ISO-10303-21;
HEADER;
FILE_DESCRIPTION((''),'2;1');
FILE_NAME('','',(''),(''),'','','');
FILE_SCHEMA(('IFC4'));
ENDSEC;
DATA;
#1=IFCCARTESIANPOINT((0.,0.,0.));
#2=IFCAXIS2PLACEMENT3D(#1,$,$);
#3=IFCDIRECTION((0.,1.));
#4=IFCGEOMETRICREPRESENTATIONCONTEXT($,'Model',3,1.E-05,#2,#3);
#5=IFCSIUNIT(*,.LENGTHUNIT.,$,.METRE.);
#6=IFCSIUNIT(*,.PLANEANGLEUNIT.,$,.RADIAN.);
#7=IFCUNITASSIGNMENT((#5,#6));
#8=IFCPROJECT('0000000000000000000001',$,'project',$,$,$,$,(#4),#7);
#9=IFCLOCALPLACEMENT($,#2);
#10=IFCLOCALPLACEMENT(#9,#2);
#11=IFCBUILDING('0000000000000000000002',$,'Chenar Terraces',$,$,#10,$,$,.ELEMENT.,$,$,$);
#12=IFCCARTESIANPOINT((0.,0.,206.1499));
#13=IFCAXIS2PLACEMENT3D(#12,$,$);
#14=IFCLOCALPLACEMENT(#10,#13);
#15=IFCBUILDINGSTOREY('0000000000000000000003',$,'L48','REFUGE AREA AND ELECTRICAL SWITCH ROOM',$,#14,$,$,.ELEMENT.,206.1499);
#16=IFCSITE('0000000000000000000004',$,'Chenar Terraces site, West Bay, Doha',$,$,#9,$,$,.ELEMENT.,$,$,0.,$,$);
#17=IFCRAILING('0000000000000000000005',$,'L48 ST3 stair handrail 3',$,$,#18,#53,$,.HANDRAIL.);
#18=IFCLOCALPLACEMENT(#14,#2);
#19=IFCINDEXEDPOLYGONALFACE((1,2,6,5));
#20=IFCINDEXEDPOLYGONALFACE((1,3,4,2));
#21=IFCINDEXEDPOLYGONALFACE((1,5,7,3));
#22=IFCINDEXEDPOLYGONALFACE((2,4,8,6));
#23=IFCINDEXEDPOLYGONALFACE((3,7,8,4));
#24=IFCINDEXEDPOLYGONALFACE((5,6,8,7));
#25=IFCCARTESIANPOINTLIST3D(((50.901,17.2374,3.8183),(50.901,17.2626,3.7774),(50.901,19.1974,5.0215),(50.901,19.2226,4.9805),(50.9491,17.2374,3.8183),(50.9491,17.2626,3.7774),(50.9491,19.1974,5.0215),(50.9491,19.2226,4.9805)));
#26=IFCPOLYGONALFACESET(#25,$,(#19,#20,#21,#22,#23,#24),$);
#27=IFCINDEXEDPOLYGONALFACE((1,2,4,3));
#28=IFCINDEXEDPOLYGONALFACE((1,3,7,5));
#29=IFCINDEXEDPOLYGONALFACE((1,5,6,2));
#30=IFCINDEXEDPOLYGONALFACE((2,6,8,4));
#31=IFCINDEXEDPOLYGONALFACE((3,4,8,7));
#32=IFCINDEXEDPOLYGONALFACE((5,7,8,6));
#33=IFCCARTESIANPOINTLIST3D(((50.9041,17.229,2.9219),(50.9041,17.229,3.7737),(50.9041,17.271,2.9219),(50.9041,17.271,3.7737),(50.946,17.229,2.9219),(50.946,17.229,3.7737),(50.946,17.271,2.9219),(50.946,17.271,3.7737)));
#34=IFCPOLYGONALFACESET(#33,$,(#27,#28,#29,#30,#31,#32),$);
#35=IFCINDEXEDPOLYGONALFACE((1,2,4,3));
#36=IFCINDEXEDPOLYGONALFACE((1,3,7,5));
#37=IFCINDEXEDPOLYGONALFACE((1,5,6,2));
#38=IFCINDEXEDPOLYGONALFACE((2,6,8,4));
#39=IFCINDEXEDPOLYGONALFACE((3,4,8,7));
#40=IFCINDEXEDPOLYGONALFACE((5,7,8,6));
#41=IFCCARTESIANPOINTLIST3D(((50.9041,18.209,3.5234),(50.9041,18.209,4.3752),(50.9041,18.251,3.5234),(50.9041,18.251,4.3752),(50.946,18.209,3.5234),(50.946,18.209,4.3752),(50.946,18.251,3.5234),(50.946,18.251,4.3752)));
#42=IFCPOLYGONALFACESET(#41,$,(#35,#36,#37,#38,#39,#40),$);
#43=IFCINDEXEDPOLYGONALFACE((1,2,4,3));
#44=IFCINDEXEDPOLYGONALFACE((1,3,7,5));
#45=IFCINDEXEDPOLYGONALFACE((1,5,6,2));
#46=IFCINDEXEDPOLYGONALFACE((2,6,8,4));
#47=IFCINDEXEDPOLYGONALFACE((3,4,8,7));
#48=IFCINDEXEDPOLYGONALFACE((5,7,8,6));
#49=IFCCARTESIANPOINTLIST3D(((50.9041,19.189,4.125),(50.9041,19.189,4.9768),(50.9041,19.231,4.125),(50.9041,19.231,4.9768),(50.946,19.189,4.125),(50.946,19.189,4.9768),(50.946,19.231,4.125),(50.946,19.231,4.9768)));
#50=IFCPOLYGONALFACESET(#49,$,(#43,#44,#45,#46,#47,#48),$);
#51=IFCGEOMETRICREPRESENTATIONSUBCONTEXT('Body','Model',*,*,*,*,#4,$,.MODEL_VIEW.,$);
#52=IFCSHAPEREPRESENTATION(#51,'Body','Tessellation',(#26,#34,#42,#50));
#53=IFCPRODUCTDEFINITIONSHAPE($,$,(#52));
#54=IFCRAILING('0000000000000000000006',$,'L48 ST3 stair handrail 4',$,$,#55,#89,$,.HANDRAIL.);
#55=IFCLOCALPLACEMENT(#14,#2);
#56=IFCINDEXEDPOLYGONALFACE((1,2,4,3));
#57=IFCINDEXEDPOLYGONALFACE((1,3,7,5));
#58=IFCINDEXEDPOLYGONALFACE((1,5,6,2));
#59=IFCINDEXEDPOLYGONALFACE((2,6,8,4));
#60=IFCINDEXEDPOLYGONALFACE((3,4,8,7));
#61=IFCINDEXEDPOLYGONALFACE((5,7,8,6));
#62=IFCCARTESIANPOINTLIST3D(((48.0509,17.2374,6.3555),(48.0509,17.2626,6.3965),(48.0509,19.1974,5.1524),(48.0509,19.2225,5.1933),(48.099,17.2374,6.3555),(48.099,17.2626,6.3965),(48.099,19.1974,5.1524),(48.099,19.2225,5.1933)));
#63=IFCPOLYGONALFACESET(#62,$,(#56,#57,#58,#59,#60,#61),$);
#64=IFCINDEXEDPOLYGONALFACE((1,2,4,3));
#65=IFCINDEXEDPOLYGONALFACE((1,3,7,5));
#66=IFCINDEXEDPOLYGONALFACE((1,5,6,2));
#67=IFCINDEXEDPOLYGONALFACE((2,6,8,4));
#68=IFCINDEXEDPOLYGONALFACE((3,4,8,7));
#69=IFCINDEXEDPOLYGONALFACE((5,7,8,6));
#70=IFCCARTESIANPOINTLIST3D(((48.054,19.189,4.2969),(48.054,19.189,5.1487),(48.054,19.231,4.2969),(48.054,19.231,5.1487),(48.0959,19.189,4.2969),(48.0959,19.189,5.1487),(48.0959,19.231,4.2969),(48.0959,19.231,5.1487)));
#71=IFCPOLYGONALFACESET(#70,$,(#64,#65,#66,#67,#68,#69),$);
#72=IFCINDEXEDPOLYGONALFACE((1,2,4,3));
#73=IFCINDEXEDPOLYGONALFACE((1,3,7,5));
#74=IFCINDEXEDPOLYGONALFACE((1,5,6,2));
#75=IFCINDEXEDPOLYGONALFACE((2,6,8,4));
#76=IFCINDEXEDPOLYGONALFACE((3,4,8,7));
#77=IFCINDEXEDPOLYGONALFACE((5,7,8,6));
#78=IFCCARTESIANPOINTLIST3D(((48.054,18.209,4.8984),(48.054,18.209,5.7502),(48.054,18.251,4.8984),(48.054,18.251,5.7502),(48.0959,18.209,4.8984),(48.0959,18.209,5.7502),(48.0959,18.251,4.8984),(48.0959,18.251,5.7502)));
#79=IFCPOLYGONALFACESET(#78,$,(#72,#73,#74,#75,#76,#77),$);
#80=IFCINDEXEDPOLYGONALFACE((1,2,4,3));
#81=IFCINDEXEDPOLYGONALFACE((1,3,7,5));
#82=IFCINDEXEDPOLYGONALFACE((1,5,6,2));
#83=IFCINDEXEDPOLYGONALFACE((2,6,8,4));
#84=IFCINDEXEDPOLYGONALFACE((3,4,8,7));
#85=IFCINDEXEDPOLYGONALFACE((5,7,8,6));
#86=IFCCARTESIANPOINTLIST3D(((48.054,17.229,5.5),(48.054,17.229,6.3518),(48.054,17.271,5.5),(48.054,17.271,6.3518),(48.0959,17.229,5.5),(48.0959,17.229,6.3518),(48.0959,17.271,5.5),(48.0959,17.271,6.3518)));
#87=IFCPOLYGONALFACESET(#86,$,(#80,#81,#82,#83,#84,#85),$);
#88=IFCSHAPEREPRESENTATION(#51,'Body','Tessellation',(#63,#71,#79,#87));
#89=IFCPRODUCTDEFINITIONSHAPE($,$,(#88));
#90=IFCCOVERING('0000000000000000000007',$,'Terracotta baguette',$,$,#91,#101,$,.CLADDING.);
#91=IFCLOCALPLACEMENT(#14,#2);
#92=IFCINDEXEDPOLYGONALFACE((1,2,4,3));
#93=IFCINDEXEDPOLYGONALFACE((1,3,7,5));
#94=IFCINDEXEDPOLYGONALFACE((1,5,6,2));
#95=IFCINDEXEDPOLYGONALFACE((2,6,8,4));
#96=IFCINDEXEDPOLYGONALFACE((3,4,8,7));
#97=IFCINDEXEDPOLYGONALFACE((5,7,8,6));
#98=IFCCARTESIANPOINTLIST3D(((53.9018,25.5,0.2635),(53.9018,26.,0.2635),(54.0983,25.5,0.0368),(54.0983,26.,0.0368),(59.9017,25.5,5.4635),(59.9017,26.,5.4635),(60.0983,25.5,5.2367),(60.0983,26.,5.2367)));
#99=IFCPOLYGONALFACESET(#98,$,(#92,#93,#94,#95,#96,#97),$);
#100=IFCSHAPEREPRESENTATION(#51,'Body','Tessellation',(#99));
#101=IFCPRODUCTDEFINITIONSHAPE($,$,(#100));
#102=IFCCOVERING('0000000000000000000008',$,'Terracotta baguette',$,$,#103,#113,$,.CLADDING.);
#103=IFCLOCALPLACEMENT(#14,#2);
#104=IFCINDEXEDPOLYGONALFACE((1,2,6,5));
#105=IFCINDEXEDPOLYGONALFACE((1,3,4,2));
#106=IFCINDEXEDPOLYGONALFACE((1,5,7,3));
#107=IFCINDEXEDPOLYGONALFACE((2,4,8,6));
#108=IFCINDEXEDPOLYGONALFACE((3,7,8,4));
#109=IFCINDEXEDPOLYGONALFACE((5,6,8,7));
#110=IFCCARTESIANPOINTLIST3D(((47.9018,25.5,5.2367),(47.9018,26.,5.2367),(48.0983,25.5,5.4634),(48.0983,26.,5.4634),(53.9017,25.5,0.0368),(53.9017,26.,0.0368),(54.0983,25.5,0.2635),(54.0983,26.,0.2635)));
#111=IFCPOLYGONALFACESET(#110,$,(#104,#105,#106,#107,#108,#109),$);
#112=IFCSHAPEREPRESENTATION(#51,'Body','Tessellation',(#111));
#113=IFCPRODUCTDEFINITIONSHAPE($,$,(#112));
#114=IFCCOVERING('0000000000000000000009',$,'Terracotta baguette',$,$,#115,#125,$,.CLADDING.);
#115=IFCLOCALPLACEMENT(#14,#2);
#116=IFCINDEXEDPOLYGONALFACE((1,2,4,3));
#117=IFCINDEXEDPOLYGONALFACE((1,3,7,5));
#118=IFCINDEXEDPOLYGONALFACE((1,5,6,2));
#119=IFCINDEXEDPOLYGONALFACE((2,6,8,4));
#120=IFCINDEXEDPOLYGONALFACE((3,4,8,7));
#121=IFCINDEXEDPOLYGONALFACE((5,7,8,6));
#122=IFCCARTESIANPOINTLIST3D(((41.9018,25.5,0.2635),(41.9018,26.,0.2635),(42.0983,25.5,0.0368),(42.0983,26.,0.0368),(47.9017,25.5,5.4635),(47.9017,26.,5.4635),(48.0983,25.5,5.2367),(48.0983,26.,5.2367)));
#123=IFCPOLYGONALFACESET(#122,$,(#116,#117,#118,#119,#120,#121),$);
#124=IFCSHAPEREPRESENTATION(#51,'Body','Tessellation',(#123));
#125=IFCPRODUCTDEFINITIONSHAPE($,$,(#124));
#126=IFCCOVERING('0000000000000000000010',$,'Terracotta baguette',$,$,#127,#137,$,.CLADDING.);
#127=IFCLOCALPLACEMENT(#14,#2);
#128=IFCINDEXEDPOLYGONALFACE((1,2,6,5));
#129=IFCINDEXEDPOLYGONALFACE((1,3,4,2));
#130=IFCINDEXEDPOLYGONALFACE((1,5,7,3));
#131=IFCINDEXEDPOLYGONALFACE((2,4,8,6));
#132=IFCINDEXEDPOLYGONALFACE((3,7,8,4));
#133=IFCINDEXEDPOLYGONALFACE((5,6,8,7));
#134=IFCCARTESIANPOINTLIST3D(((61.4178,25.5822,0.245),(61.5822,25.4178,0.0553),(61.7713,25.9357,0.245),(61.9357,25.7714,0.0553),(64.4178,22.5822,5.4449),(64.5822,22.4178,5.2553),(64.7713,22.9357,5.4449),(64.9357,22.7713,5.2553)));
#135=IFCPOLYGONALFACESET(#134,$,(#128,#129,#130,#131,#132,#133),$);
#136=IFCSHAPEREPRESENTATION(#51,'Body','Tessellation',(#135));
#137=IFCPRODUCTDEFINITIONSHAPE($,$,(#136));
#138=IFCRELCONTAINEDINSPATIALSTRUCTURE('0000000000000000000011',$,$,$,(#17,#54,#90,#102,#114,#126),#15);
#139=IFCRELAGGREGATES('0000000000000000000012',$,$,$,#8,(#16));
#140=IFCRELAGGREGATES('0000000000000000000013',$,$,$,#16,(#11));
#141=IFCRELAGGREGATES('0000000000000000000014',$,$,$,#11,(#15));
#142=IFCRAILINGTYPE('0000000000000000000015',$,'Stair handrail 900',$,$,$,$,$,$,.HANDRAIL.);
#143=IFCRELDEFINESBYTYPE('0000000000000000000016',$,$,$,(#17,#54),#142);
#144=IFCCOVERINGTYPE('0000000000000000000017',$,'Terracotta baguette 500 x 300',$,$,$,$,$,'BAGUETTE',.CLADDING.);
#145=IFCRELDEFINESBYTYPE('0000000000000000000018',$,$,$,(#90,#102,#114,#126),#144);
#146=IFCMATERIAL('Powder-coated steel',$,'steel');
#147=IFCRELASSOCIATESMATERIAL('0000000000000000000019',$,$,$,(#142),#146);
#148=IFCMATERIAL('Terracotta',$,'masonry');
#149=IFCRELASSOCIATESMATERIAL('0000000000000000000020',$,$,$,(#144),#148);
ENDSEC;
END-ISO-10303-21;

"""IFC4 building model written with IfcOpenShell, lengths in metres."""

from ifc_helpers import new_model, si_unit, direction, frame, origin, origin_2d, place, context, subcontext, project, spatial, rectangle, extrude, material, material_profile, profile_set, type_object, element, save


model = new_model("IFC4")

# Units and contexts
model_context = context("Model", 3, precision=1e-05, world=origin(), true_north=direction((0.0, 1.0)))
body_context = subcontext(model_context, "Body", "Model", "MODEL_VIEW")
ifc_project = project(units=[si_unit("LENGTHUNIT", "METRE"), si_unit("PLANEANGLEUNIT", "RADIAN")], contexts=[model_context])

# Site, building, storey
site_placement = place(None, origin())
site = spatial("IfcSite", under=ifc_project, at=site_placement, Name="Chenar Terraces site, West Bay, Doha", CompositionType="ELEMENT", RefElevation=0.0)
building_placement = place(site_placement, origin())
building = spatial("IfcBuilding", under=site, at=building_placement, Name="Chenar Terraces", CompositionType="ELEMENT")
storey_placement = place(building_placement, frame((0.0, 0.0, 206.1499)))
storey = spatial("IfcBuildingStorey", under=building, at=storey_placement, Name="L48", Description="REFUGE AREA AND ELECTRICAL SWITCH ROOM", CompositionType="ELEMENT", Elevation=206.1499)

# Railings
ifc_material_1 = material(Name="Powder-coated steel", Category="steel")
railing_type_1 = type_object("IfcRailingType", Name="Stair handrail 900", PredefinedType="HANDRAIL", material=ifc_material_1)
railing_1_placement = place(storey_placement, frame((50.925, 17.25, 2.9219)))
element("IfcRailing", 1, at=railing_1_placement, inside=storey, type_object=railing_type_1, Name="L48 ST3 stair handrail 3", PredefinedType="HANDRAIL", context=body_context, shape_type="SweptSolid", body=[
    extrude(rectangle(XDim=0.0481, YDim=0.0481, at=origin_2d()), frame((0.0, 0.0, 0.876), z_axis=(0.0, 0.852241, 0.523149), x_axis=(-1.0, 0.0, 0.0)), (0.0, 0.0, 1.0), 2.2998),
    extrude(rectangle(XDim=0.042, YDim=0.042, at=origin_2d()), origin(), (0.0, 0.0, 1.0), 0.8518),
    extrude(rectangle(XDim=0.042, YDim=0.042, at=origin_2d()), frame((0.0, 0.98, 0.6016)), (0.0, 0.0, 1.0), 0.8518),
    extrude(rectangle(XDim=0.042, YDim=0.042, at=origin_2d()), frame((0.0, 1.96, 1.2031)), (0.0, 0.0, 1.0), 0.8518),
])
railing_2_placement = place(storey_placement, frame((48.075, 19.21, 4.2969)))
element("IfcRailing", 2, at=railing_2_placement, inside=storey, type_object=railing_type_1, Name="L48 ST3 stair handrail 4", PredefinedType="HANDRAIL", context=body_context, shape_type="SweptSolid", body=[
    extrude(rectangle(XDim=0.0481, YDim=0.0481, at=origin_2d()), frame((0.0, 0.0, 0.876), z_axis=(0.0, -0.852241, 0.523149), x_axis=(1.0, 0.0, 0.0)), (0.0, 0.0, 1.0), 2.2998),
    extrude(rectangle(XDim=0.042, YDim=0.042, at=origin_2d()), origin(), (0.0, 0.0, 1.0), 0.8518),
    extrude(rectangle(XDim=0.042, YDim=0.042, at=origin_2d()), frame((0.0, -0.98, 0.6016)), (0.0, 0.0, 1.0), 0.8518),
    extrude(rectangle(XDim=0.042, YDim=0.042, at=origin_2d()), frame((0.0, -1.96, 1.2031)), (0.0, 0.0, 1.0), 0.8518),
])

# Coverings
ifc_material_2 = material(Name="Terracotta", Category="masonry")
ifc_material_profile_1 = material_profile(ifc_material_2, rectangle(XDim=0.5, YDim=0.3, at=origin_2d()), Name="Terracotta baguette 500 x 300")
ifc_profile_set_1 = profile_set([ifc_material_profile_1], Name="Terracotta")
covering_type = type_object("IfcCoveringType", Name="Terracotta baguette 500 x 300", ElementType="BAGUETTE", PredefinedType="CLADDING", material=ifc_profile_set_1)
for number, where, z_axis, x_axis, name in (
    (3, (60.0, 25.75, 5.3501), (-0.755692, 0.0, -0.654927), (0.0, -1.0, 0.0), "Terracotta baguette"),
    (4, (54.0, 25.75, 0.1501), (-0.755692, 0.0, 0.654927), (0.0, -1.0, 0.0), "Terracotta baguette"),
    (5, (48.0, 25.75, 5.3501), (-0.755692, 0.0, -0.654927), (0.0, -1.0, 0.0), "Terracotta baguette"),
):
    element("IfcCovering", number, at=place(storey_placement, frame(where, z_axis=z_axis, x_axis=x_axis)), inside=storey, type_object=covering_type, Name=name, PredefinedType="CLADDING", context=body_context, shape_type="SweptSolid", body=[
        extrude(rectangle(XDim=0.5, YDim=0.3, at=origin_2d()), origin(), (0.0, 0.0, 1.0), 7.9397),
    ])
covering_placement = place(storey_placement, frame((64.6768, 22.6768, 5.3501), z_axis=(-0.447017, 0.447017, -0.774823), x_axis=(-0.707107, -0.707107, 0.0)))
element("IfcCovering", 6, at=covering_placement, inside=storey, type_object=covering_type, Name="Terracotta baguette", PredefinedType="CLADDING", context=body_context, shape_type="SweptSolid", body=[
    extrude(rectangle(XDim=0.5, YDim=0.3, at=origin_2d()), origin(), (0.0, 0.0, 1.0), 6.7112),
])

save(model, "model.ifc")
